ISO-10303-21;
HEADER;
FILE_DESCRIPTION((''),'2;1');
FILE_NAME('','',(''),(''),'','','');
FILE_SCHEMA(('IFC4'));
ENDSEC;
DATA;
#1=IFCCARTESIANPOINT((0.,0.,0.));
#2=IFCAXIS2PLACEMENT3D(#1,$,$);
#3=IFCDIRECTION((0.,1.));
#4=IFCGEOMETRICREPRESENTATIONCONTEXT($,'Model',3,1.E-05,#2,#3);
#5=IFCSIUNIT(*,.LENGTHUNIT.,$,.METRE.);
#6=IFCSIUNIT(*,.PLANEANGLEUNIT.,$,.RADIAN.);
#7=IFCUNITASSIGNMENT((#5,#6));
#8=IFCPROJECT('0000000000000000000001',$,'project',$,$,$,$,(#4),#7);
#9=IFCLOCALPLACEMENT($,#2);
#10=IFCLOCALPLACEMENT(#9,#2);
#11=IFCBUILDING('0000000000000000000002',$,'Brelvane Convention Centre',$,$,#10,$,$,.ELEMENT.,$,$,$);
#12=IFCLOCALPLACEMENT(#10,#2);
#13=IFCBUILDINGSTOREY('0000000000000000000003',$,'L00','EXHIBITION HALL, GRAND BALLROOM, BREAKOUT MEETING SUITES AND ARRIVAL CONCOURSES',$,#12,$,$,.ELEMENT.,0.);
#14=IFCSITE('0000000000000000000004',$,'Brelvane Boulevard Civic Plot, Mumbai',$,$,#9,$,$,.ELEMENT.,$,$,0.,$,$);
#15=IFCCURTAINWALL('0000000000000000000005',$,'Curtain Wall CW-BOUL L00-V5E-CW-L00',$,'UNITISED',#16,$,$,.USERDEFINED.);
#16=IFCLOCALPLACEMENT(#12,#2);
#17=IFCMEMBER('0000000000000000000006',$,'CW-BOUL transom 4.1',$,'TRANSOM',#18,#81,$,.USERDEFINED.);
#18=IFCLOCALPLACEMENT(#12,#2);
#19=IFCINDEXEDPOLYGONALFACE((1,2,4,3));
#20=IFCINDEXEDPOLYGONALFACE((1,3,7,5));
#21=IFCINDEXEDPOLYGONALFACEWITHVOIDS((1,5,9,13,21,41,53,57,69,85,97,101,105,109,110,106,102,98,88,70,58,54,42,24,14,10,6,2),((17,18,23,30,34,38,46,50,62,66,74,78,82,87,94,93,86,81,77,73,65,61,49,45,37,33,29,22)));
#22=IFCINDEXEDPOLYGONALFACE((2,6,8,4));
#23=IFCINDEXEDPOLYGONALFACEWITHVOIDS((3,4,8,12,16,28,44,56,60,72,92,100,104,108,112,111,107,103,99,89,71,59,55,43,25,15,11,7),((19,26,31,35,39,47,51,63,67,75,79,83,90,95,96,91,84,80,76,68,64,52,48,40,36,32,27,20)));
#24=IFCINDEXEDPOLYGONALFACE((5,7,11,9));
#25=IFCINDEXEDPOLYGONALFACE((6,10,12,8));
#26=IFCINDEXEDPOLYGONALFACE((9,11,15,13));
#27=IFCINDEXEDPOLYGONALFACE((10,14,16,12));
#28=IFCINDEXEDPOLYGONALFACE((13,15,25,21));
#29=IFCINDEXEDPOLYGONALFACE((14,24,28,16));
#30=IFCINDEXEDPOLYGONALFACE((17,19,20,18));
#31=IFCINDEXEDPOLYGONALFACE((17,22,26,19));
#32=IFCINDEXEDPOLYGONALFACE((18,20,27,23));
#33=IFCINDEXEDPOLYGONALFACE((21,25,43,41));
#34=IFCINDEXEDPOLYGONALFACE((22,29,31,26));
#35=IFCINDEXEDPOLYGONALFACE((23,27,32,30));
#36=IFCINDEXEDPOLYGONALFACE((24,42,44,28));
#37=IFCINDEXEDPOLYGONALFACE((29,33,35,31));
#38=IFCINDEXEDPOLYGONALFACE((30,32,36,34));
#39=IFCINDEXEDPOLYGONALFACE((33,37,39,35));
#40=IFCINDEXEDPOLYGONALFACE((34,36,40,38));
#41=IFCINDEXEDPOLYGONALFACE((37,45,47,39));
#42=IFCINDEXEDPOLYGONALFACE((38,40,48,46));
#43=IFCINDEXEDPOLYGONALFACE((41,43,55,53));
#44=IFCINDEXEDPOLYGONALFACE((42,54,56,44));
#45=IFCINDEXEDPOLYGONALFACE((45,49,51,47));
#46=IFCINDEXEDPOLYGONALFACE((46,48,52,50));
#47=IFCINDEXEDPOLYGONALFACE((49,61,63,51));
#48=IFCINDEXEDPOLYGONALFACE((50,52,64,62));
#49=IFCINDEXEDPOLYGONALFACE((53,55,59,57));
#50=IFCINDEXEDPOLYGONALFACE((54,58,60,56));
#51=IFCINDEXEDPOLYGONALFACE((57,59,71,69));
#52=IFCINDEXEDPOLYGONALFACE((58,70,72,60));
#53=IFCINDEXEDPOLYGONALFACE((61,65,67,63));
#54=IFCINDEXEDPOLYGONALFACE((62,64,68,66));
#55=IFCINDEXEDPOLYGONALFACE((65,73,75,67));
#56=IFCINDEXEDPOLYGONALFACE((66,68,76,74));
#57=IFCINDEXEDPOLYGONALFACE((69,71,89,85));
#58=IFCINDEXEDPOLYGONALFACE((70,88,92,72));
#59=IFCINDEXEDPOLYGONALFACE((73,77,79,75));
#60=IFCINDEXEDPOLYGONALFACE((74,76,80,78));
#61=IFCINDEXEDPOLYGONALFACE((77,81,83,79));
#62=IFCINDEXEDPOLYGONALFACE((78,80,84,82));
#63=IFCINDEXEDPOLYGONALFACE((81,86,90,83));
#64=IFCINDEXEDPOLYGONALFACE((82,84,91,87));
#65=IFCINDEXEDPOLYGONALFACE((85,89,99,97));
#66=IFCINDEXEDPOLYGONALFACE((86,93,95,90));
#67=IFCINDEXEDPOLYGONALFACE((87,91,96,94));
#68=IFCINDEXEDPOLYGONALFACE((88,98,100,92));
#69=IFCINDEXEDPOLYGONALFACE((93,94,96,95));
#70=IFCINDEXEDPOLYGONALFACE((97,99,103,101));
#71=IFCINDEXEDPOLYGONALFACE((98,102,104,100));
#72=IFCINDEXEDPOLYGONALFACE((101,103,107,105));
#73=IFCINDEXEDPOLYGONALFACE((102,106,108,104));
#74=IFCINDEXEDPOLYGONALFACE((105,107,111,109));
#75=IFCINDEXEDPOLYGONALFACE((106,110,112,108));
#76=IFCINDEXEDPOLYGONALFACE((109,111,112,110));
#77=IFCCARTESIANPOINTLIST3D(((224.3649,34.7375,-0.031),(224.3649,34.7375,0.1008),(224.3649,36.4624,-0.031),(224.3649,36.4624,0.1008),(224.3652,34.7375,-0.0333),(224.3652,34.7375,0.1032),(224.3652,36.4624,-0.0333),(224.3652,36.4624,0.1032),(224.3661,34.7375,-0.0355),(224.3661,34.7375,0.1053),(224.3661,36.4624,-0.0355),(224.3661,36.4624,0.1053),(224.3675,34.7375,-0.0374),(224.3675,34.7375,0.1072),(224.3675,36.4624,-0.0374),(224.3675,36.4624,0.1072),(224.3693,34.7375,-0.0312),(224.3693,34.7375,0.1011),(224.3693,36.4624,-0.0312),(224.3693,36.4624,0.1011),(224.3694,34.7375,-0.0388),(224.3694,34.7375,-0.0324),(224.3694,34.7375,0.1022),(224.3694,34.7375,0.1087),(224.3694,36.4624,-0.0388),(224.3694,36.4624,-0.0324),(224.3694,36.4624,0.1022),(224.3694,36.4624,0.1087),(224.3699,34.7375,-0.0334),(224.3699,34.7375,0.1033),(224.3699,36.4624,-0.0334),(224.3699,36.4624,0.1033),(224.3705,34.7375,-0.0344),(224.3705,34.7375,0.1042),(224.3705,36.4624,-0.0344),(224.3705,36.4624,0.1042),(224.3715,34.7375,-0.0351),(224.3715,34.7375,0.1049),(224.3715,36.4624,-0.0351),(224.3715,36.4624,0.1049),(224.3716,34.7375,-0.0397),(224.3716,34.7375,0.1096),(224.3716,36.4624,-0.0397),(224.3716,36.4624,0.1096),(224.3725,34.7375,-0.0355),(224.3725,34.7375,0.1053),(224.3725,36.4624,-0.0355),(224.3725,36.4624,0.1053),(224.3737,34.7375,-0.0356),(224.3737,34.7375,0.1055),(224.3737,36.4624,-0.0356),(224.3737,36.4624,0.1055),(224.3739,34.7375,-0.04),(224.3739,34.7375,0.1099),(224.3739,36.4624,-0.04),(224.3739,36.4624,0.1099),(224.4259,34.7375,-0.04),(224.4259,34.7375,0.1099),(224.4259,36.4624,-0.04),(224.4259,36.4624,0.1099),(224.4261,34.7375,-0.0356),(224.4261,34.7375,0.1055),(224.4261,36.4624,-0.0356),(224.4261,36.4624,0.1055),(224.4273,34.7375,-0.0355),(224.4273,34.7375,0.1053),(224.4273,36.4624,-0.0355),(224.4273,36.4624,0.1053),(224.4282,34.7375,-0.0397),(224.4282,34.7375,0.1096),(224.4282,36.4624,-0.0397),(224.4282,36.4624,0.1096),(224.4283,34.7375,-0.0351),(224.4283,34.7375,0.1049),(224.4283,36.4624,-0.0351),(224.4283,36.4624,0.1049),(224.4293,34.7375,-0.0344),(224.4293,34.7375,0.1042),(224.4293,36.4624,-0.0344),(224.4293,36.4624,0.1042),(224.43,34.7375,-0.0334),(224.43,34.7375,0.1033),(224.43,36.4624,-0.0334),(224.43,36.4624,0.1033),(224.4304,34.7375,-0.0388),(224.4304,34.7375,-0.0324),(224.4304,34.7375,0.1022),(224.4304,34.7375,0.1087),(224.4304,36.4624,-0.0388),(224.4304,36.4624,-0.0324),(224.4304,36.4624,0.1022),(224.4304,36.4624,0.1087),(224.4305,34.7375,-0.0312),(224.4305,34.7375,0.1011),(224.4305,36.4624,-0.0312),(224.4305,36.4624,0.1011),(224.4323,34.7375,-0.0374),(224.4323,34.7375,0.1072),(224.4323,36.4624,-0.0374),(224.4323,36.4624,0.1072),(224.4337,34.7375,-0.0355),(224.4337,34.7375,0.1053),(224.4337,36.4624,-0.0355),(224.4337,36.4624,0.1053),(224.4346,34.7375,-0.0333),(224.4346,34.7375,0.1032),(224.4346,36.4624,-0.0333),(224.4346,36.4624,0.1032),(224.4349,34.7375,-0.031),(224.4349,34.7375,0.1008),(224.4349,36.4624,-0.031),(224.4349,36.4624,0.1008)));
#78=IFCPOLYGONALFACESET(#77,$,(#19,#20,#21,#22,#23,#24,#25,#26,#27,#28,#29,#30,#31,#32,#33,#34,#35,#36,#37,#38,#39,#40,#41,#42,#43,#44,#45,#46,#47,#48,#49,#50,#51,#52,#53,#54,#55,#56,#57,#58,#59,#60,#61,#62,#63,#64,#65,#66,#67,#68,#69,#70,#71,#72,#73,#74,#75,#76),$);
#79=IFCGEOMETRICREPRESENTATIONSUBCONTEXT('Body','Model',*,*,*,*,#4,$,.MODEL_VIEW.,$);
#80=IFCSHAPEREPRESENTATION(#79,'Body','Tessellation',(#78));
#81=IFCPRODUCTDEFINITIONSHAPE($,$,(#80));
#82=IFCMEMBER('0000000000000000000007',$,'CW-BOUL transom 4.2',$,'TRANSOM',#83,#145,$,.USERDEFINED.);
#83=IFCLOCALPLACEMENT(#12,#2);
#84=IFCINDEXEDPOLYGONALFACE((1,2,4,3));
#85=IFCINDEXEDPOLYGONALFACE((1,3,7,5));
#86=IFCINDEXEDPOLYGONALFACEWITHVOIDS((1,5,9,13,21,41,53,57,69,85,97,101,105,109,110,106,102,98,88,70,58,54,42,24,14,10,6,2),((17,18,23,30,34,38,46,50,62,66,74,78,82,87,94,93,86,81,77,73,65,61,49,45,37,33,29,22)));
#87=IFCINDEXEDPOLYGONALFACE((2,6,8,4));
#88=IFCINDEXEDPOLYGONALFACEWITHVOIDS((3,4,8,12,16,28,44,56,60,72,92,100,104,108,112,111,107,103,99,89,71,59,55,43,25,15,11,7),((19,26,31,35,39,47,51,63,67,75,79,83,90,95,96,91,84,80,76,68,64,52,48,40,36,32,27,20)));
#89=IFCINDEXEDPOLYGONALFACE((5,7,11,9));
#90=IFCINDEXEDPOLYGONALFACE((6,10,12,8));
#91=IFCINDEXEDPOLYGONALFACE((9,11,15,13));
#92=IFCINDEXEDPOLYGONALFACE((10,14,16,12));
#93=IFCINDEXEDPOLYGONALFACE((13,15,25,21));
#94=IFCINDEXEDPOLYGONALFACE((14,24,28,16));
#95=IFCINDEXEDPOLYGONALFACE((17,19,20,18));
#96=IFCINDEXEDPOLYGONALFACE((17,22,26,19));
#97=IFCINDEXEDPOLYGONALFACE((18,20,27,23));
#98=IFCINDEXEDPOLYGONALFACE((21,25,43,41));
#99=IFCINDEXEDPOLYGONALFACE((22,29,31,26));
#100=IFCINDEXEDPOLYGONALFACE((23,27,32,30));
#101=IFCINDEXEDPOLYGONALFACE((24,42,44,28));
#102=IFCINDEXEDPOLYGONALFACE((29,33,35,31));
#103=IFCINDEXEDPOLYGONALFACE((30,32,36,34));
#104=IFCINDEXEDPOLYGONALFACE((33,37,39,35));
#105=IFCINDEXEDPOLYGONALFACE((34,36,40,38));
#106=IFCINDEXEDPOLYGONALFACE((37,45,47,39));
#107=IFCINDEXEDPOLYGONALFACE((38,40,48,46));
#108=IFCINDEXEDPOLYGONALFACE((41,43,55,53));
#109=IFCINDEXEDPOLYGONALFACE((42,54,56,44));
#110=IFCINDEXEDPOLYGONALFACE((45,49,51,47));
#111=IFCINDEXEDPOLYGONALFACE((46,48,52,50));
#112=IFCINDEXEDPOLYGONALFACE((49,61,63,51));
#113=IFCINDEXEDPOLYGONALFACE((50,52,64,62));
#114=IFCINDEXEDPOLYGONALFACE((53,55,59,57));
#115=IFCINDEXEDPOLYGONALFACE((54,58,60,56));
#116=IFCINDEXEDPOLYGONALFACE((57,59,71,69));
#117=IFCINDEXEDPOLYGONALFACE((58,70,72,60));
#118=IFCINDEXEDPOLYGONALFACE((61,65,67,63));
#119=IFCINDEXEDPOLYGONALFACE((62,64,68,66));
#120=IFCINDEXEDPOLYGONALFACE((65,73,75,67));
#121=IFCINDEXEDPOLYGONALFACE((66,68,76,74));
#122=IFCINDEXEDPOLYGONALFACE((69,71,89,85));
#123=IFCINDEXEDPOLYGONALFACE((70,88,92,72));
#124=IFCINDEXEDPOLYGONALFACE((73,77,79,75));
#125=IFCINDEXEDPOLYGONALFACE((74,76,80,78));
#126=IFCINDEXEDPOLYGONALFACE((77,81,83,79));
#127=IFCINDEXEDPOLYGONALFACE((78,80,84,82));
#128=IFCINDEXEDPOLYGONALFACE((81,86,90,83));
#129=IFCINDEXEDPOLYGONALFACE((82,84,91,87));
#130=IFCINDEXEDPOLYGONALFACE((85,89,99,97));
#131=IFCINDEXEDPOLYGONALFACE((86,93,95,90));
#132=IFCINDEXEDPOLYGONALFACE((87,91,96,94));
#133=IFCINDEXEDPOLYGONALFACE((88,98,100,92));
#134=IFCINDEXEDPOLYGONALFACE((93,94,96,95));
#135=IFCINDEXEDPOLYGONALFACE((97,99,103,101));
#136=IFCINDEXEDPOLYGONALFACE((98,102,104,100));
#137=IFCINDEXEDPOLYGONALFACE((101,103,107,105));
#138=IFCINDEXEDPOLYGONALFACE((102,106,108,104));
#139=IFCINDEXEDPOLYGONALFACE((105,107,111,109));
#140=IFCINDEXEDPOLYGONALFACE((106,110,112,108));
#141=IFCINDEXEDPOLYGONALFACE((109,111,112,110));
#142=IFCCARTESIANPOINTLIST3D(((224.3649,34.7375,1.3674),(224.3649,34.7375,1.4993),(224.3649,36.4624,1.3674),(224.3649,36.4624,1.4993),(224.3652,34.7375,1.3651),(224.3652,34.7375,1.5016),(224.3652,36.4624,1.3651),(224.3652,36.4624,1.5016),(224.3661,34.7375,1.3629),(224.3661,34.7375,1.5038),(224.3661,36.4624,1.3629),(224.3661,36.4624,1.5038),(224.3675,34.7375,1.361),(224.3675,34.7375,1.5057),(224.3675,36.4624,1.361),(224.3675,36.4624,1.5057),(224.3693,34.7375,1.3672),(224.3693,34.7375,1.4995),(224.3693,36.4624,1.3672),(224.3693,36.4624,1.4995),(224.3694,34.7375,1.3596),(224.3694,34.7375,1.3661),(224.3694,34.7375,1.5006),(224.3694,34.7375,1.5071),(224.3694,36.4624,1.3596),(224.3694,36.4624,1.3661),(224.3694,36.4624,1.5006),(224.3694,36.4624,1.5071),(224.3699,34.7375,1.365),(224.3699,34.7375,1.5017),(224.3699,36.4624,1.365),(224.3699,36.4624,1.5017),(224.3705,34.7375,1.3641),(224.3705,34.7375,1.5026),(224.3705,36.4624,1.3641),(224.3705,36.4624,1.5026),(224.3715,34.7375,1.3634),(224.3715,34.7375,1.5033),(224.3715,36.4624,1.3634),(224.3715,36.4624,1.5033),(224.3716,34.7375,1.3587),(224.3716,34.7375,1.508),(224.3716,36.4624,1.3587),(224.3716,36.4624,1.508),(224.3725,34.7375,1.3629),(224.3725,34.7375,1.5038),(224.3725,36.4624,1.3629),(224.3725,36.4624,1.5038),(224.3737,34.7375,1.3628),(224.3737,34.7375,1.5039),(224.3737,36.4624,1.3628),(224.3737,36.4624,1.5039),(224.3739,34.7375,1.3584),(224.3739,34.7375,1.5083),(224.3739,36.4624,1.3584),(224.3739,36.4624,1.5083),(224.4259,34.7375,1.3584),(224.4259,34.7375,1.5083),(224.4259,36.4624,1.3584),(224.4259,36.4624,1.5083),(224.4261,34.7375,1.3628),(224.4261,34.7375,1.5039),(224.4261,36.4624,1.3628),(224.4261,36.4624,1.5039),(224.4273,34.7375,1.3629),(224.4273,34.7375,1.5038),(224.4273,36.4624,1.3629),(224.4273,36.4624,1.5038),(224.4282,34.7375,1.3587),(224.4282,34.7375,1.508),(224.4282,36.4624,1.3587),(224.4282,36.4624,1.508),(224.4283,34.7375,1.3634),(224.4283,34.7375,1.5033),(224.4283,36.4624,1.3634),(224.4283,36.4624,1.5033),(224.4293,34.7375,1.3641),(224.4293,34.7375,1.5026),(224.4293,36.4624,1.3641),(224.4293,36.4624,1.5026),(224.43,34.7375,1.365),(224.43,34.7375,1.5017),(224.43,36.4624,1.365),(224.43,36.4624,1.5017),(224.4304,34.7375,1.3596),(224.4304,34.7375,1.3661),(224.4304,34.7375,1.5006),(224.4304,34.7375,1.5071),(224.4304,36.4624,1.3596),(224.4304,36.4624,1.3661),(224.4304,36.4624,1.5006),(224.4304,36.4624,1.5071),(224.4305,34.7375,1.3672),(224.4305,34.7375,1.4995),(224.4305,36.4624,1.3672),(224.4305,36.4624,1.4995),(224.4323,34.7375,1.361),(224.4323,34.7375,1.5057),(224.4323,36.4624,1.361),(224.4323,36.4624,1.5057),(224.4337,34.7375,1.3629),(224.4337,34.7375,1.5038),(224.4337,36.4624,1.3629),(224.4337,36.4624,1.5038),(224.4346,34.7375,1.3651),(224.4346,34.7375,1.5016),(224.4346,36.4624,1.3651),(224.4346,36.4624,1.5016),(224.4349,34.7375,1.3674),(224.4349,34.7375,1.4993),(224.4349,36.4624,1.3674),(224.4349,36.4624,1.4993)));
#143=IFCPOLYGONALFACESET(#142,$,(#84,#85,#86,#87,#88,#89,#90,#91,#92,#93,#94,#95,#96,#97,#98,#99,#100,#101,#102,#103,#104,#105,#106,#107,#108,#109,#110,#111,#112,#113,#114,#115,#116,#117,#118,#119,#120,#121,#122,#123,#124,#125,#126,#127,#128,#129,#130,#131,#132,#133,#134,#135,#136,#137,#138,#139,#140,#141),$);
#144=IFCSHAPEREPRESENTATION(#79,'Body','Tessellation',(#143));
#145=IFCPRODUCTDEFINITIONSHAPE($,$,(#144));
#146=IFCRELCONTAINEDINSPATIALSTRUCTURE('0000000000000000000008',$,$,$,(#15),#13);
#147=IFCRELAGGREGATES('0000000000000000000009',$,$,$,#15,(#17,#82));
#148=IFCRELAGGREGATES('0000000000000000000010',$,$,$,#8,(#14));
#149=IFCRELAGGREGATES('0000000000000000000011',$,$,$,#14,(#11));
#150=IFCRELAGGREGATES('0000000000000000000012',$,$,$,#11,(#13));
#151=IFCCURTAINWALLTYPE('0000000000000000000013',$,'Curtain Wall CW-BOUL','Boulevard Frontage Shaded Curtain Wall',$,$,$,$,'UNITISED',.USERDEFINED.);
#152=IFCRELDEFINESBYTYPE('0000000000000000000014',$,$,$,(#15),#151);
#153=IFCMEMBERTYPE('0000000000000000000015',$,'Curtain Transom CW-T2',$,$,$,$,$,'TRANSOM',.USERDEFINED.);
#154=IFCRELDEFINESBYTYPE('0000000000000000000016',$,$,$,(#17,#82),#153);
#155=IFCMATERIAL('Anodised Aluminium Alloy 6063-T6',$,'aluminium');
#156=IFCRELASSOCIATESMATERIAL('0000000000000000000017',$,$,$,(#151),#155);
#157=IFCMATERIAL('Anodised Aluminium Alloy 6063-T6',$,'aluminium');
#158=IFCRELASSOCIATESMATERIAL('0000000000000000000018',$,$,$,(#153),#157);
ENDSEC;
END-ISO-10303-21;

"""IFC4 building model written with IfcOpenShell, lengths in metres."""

from ifc_helpers import new_model, si_unit, direction, frame, origin, origin_2d, place, context, subcontext, project, spatial, hollow_rectangle, extrude, material, material_profile, profile_set, type_object, element, aggregate, save


model = new_model("IFC4")

# Units and contexts
model_context = context("Model", 3, precision=1e-05, world=origin(), true_north=direction((0.0, 1.0)))
body_context = subcontext(model_context, "Body", "Model", "MODEL_VIEW")
ifc_project = project(units=[si_unit("LENGTHUNIT", "METRE"), si_unit("PLANEANGLEUNIT", "RADIAN")], contexts=[model_context])

# Site, building, storey
site_placement = place(None, origin())
site = spatial("IfcSite", under=ifc_project, at=site_placement, Name="Brelvane Boulevard Civic Plot, Mumbai", CompositionType="ELEMENT", RefElevation=0.0)
building_placement = place(site_placement, origin())
building = spatial("IfcBuilding", under=site, at=building_placement, Name="Brelvane Convention Centre", CompositionType="ELEMENT")
storey_placement = place(building_placement, origin())
storey = spatial("IfcBuildingStorey", under=building, at=storey_placement, Name="L00", Description="EXHIBITION HALL, GRAND BALLROOM, BREAKOUT MEETING SUITES AND ARRIVAL CONCOURSES", CompositionType="ELEMENT", Elevation=0.0)

# Curtain wall, members
ifc_material_1 = material(Name="Anodised Aluminium Alloy 6063-T6", Category="aluminium")
curtain_wall_type = type_object("IfcCurtainWallType", Name="Curtain Wall CW-BOUL", Description="Boulevard Frontage Shaded Curtain Wall", ElementType="UNITISED", PredefinedType="USERDEFINED", material=ifc_material_1)
curtain_wall_placement = place(storey_placement, origin())
curtain_wall = element("IfcCurtainWall", 1, at=curtain_wall_placement, inside=storey, type_object=curtain_wall_type, Name="Curtain Wall CW-BOUL L00-V5E-CW-L00", ObjectType="UNITISED", PredefinedType="USERDEFINED")
ifc_material_2 = material(Name="Anodised Aluminium Alloy 6063-T6", Category="aluminium")
ifc_material_profile_1 = material_profile(ifc_material_2, hollow_rectangle(XDim=0.0701, YDim=0.1499, WallThickness=0.0044, InnerFilletRadius=0.0044, OuterFilletRadius=0.009, at=origin_2d()), Name="ALU-T 150x70x4.5")
ifc_profile_set_1 = profile_set([ifc_material_profile_1], Name="Anodised Aluminium Alloy 6063-T6")
member_type_1 = type_object("IfcMemberType", Name="Curtain Transom CW-T2", ElementType="TRANSOM", PredefinedType="USERDEFINED", material=ifc_profile_set_1)
member_1_placement = place(storey_placement, frame((224.3999, 34.7375, 0.0349), z_axis=(0.0, 1.0, 0.0), x_axis=(-1.0, 0.0, 0.0)))
member_1 = element("IfcMember", 2, at=member_1_placement, type_object=member_type_1, Name="CW-BOUL transom 4.1", ObjectType="TRANSOM", PredefinedType="USERDEFINED", context=body_context, shape_type="SweptSolid", body=[
    extrude(hollow_rectangle(XDim=0.0701, YDim=0.1499, WallThickness=0.0044, InnerFilletRadius=0.0044, OuterFilletRadius=0.009, at=origin_2d()), origin(), (0.0, 0.0, 1.0), 1.7249),
])
member_2_placement = place(storey_placement, frame((224.3999, 34.7375, 1.4333), z_axis=(0.0, 1.0, 0.0), x_axis=(-1.0, 0.0, 0.0)))
member_2 = element("IfcMember", 3, at=member_2_placement, type_object=member_type_1, Name="CW-BOUL transom 4.2", ObjectType="TRANSOM", PredefinedType="USERDEFINED", context=body_context, shape_type="SweptSolid", body=[
    extrude(hollow_rectangle(XDim=0.0701, YDim=0.1499, WallThickness=0.0044, InnerFilletRadius=0.0044, OuterFilletRadius=0.009, at=origin_2d()), origin(), (0.0, 0.0, 1.0), 1.7249),
])

aggregate(curtain_wall, [member_1, member_2])

save(model, "model.ifc")
